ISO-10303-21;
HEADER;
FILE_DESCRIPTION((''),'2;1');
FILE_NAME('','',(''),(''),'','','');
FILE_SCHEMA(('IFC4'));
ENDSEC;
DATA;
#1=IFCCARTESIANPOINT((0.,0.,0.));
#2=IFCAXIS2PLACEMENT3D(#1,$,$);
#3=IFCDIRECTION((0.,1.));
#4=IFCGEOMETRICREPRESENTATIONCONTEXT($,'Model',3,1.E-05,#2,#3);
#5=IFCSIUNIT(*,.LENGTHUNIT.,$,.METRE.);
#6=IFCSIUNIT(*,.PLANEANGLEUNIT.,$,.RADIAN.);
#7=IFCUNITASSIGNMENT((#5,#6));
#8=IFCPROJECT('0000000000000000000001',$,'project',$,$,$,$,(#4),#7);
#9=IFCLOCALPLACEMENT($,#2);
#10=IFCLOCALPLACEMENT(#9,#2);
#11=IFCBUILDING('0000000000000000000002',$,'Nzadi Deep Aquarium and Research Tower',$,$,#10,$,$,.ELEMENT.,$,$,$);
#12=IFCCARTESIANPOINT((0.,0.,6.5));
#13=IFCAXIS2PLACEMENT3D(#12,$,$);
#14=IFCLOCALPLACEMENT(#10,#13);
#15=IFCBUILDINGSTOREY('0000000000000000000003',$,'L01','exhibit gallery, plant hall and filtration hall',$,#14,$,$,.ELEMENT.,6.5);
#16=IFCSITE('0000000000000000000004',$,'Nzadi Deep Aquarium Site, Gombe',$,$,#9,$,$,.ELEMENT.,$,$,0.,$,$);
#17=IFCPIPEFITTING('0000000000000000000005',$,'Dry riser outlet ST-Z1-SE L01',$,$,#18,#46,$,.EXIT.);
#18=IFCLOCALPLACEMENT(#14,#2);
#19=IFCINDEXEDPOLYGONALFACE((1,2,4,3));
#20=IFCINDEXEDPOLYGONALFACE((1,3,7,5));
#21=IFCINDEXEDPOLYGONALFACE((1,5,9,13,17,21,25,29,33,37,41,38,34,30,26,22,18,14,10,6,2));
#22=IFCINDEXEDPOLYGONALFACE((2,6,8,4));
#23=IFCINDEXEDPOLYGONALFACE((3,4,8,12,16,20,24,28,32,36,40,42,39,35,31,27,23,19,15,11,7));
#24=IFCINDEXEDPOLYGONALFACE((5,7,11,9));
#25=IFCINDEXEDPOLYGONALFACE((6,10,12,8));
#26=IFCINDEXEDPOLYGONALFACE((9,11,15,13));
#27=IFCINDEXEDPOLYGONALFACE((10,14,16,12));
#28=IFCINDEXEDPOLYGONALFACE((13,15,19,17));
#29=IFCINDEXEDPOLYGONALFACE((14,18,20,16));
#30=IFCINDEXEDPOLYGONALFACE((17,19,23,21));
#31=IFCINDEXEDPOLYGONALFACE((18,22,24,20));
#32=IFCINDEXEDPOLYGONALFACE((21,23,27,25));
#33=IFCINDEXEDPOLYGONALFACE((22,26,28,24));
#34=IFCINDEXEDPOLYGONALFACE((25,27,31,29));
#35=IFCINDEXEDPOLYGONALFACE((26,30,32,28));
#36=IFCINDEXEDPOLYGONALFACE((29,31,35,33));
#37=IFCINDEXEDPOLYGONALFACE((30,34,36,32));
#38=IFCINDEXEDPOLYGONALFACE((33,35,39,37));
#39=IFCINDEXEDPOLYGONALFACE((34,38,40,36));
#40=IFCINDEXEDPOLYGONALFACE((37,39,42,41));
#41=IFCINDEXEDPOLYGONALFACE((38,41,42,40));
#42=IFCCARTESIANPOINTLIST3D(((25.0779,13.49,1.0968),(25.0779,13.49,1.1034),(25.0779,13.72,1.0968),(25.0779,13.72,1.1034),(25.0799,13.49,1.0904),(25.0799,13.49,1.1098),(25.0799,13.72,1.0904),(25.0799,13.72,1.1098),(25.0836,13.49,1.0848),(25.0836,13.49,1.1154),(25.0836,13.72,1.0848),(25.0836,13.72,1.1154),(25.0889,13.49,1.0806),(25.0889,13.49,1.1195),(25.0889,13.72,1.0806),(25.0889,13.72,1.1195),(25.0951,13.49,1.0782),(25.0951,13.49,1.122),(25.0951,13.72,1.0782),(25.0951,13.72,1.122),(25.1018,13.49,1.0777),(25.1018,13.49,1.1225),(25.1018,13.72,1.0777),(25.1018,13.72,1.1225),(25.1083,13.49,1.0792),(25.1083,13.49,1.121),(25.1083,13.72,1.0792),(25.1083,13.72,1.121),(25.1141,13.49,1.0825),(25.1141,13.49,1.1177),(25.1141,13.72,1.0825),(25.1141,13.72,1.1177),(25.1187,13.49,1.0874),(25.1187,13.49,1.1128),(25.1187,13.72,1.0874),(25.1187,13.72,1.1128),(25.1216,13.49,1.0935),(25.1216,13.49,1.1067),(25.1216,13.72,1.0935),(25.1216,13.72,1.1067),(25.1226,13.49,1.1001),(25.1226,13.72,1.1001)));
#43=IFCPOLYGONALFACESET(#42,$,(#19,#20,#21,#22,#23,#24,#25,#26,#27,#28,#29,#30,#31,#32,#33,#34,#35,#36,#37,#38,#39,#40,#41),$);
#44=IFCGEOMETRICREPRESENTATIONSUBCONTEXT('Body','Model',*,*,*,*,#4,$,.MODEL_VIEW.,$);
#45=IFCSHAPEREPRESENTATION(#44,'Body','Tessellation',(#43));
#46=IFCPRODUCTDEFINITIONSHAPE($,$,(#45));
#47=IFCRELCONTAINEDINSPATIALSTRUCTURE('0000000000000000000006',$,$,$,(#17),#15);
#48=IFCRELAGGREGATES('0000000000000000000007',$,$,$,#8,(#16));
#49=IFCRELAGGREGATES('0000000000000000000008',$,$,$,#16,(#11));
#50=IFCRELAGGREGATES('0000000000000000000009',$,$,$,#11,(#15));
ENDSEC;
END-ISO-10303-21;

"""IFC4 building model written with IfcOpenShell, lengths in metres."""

from ifc_helpers import new_model, si_unit, direction, frame, origin, origin_2d, place, context, subcontext, project, spatial, circle, extrude, element, save


model = new_model("IFC4")

# Units and contexts
model_context = context("Model", 3, precision=1e-05, world=origin(), true_north=direction((0.0, 1.0)))
body_context = subcontext(model_context, "Body", "Model", "MODEL_VIEW")
ifc_project = project(units=[si_unit("LENGTHUNIT", "METRE"), si_unit("PLANEANGLEUNIT", "RADIAN")], contexts=[model_context])

# Site, building, storey
site_placement = place(None, origin())
site = spatial("IfcSite", under=ifc_project, at=site_placement, Name="Nzadi Deep Aquarium Site, Gombe", CompositionType="ELEMENT", RefElevation=0.0)
building_placement = place(site_placement, origin())
building = spatial("IfcBuilding", under=site, at=building_placement, Name="Nzadi Deep Aquarium and Research Tower", CompositionType="ELEMENT")
storey_placement = place(building_placement, frame((0.0, 0.0, 6.5)))
storey = spatial("IfcBuildingStorey", under=building, at=storey_placement, Name="L01", Description="exhibit gallery, plant hall and filtration hall", CompositionType="ELEMENT", Elevation=6.5)

# Pipe fitting
pipe_fitting_placement = place(storey_placement, frame((25.1001, 13.72, 1.1001), z_axis=(0.0, -1.0, 0.0), x_axis=(1.0, 0.0, 0.0)))
element("IfcPipeFitting", 1, at=pipe_fitting_placement, inside=storey, Name="Dry riser outlet ST-Z1-SE L01", PredefinedType="EXIT", context=body_context, shape_type="SweptSolid", body=[
    extrude(circle(Radius=0.0225, at=origin_2d()), origin(), (0.0, 0.0, 1.0), 0.23),
])

save(model, "model.ifc")
